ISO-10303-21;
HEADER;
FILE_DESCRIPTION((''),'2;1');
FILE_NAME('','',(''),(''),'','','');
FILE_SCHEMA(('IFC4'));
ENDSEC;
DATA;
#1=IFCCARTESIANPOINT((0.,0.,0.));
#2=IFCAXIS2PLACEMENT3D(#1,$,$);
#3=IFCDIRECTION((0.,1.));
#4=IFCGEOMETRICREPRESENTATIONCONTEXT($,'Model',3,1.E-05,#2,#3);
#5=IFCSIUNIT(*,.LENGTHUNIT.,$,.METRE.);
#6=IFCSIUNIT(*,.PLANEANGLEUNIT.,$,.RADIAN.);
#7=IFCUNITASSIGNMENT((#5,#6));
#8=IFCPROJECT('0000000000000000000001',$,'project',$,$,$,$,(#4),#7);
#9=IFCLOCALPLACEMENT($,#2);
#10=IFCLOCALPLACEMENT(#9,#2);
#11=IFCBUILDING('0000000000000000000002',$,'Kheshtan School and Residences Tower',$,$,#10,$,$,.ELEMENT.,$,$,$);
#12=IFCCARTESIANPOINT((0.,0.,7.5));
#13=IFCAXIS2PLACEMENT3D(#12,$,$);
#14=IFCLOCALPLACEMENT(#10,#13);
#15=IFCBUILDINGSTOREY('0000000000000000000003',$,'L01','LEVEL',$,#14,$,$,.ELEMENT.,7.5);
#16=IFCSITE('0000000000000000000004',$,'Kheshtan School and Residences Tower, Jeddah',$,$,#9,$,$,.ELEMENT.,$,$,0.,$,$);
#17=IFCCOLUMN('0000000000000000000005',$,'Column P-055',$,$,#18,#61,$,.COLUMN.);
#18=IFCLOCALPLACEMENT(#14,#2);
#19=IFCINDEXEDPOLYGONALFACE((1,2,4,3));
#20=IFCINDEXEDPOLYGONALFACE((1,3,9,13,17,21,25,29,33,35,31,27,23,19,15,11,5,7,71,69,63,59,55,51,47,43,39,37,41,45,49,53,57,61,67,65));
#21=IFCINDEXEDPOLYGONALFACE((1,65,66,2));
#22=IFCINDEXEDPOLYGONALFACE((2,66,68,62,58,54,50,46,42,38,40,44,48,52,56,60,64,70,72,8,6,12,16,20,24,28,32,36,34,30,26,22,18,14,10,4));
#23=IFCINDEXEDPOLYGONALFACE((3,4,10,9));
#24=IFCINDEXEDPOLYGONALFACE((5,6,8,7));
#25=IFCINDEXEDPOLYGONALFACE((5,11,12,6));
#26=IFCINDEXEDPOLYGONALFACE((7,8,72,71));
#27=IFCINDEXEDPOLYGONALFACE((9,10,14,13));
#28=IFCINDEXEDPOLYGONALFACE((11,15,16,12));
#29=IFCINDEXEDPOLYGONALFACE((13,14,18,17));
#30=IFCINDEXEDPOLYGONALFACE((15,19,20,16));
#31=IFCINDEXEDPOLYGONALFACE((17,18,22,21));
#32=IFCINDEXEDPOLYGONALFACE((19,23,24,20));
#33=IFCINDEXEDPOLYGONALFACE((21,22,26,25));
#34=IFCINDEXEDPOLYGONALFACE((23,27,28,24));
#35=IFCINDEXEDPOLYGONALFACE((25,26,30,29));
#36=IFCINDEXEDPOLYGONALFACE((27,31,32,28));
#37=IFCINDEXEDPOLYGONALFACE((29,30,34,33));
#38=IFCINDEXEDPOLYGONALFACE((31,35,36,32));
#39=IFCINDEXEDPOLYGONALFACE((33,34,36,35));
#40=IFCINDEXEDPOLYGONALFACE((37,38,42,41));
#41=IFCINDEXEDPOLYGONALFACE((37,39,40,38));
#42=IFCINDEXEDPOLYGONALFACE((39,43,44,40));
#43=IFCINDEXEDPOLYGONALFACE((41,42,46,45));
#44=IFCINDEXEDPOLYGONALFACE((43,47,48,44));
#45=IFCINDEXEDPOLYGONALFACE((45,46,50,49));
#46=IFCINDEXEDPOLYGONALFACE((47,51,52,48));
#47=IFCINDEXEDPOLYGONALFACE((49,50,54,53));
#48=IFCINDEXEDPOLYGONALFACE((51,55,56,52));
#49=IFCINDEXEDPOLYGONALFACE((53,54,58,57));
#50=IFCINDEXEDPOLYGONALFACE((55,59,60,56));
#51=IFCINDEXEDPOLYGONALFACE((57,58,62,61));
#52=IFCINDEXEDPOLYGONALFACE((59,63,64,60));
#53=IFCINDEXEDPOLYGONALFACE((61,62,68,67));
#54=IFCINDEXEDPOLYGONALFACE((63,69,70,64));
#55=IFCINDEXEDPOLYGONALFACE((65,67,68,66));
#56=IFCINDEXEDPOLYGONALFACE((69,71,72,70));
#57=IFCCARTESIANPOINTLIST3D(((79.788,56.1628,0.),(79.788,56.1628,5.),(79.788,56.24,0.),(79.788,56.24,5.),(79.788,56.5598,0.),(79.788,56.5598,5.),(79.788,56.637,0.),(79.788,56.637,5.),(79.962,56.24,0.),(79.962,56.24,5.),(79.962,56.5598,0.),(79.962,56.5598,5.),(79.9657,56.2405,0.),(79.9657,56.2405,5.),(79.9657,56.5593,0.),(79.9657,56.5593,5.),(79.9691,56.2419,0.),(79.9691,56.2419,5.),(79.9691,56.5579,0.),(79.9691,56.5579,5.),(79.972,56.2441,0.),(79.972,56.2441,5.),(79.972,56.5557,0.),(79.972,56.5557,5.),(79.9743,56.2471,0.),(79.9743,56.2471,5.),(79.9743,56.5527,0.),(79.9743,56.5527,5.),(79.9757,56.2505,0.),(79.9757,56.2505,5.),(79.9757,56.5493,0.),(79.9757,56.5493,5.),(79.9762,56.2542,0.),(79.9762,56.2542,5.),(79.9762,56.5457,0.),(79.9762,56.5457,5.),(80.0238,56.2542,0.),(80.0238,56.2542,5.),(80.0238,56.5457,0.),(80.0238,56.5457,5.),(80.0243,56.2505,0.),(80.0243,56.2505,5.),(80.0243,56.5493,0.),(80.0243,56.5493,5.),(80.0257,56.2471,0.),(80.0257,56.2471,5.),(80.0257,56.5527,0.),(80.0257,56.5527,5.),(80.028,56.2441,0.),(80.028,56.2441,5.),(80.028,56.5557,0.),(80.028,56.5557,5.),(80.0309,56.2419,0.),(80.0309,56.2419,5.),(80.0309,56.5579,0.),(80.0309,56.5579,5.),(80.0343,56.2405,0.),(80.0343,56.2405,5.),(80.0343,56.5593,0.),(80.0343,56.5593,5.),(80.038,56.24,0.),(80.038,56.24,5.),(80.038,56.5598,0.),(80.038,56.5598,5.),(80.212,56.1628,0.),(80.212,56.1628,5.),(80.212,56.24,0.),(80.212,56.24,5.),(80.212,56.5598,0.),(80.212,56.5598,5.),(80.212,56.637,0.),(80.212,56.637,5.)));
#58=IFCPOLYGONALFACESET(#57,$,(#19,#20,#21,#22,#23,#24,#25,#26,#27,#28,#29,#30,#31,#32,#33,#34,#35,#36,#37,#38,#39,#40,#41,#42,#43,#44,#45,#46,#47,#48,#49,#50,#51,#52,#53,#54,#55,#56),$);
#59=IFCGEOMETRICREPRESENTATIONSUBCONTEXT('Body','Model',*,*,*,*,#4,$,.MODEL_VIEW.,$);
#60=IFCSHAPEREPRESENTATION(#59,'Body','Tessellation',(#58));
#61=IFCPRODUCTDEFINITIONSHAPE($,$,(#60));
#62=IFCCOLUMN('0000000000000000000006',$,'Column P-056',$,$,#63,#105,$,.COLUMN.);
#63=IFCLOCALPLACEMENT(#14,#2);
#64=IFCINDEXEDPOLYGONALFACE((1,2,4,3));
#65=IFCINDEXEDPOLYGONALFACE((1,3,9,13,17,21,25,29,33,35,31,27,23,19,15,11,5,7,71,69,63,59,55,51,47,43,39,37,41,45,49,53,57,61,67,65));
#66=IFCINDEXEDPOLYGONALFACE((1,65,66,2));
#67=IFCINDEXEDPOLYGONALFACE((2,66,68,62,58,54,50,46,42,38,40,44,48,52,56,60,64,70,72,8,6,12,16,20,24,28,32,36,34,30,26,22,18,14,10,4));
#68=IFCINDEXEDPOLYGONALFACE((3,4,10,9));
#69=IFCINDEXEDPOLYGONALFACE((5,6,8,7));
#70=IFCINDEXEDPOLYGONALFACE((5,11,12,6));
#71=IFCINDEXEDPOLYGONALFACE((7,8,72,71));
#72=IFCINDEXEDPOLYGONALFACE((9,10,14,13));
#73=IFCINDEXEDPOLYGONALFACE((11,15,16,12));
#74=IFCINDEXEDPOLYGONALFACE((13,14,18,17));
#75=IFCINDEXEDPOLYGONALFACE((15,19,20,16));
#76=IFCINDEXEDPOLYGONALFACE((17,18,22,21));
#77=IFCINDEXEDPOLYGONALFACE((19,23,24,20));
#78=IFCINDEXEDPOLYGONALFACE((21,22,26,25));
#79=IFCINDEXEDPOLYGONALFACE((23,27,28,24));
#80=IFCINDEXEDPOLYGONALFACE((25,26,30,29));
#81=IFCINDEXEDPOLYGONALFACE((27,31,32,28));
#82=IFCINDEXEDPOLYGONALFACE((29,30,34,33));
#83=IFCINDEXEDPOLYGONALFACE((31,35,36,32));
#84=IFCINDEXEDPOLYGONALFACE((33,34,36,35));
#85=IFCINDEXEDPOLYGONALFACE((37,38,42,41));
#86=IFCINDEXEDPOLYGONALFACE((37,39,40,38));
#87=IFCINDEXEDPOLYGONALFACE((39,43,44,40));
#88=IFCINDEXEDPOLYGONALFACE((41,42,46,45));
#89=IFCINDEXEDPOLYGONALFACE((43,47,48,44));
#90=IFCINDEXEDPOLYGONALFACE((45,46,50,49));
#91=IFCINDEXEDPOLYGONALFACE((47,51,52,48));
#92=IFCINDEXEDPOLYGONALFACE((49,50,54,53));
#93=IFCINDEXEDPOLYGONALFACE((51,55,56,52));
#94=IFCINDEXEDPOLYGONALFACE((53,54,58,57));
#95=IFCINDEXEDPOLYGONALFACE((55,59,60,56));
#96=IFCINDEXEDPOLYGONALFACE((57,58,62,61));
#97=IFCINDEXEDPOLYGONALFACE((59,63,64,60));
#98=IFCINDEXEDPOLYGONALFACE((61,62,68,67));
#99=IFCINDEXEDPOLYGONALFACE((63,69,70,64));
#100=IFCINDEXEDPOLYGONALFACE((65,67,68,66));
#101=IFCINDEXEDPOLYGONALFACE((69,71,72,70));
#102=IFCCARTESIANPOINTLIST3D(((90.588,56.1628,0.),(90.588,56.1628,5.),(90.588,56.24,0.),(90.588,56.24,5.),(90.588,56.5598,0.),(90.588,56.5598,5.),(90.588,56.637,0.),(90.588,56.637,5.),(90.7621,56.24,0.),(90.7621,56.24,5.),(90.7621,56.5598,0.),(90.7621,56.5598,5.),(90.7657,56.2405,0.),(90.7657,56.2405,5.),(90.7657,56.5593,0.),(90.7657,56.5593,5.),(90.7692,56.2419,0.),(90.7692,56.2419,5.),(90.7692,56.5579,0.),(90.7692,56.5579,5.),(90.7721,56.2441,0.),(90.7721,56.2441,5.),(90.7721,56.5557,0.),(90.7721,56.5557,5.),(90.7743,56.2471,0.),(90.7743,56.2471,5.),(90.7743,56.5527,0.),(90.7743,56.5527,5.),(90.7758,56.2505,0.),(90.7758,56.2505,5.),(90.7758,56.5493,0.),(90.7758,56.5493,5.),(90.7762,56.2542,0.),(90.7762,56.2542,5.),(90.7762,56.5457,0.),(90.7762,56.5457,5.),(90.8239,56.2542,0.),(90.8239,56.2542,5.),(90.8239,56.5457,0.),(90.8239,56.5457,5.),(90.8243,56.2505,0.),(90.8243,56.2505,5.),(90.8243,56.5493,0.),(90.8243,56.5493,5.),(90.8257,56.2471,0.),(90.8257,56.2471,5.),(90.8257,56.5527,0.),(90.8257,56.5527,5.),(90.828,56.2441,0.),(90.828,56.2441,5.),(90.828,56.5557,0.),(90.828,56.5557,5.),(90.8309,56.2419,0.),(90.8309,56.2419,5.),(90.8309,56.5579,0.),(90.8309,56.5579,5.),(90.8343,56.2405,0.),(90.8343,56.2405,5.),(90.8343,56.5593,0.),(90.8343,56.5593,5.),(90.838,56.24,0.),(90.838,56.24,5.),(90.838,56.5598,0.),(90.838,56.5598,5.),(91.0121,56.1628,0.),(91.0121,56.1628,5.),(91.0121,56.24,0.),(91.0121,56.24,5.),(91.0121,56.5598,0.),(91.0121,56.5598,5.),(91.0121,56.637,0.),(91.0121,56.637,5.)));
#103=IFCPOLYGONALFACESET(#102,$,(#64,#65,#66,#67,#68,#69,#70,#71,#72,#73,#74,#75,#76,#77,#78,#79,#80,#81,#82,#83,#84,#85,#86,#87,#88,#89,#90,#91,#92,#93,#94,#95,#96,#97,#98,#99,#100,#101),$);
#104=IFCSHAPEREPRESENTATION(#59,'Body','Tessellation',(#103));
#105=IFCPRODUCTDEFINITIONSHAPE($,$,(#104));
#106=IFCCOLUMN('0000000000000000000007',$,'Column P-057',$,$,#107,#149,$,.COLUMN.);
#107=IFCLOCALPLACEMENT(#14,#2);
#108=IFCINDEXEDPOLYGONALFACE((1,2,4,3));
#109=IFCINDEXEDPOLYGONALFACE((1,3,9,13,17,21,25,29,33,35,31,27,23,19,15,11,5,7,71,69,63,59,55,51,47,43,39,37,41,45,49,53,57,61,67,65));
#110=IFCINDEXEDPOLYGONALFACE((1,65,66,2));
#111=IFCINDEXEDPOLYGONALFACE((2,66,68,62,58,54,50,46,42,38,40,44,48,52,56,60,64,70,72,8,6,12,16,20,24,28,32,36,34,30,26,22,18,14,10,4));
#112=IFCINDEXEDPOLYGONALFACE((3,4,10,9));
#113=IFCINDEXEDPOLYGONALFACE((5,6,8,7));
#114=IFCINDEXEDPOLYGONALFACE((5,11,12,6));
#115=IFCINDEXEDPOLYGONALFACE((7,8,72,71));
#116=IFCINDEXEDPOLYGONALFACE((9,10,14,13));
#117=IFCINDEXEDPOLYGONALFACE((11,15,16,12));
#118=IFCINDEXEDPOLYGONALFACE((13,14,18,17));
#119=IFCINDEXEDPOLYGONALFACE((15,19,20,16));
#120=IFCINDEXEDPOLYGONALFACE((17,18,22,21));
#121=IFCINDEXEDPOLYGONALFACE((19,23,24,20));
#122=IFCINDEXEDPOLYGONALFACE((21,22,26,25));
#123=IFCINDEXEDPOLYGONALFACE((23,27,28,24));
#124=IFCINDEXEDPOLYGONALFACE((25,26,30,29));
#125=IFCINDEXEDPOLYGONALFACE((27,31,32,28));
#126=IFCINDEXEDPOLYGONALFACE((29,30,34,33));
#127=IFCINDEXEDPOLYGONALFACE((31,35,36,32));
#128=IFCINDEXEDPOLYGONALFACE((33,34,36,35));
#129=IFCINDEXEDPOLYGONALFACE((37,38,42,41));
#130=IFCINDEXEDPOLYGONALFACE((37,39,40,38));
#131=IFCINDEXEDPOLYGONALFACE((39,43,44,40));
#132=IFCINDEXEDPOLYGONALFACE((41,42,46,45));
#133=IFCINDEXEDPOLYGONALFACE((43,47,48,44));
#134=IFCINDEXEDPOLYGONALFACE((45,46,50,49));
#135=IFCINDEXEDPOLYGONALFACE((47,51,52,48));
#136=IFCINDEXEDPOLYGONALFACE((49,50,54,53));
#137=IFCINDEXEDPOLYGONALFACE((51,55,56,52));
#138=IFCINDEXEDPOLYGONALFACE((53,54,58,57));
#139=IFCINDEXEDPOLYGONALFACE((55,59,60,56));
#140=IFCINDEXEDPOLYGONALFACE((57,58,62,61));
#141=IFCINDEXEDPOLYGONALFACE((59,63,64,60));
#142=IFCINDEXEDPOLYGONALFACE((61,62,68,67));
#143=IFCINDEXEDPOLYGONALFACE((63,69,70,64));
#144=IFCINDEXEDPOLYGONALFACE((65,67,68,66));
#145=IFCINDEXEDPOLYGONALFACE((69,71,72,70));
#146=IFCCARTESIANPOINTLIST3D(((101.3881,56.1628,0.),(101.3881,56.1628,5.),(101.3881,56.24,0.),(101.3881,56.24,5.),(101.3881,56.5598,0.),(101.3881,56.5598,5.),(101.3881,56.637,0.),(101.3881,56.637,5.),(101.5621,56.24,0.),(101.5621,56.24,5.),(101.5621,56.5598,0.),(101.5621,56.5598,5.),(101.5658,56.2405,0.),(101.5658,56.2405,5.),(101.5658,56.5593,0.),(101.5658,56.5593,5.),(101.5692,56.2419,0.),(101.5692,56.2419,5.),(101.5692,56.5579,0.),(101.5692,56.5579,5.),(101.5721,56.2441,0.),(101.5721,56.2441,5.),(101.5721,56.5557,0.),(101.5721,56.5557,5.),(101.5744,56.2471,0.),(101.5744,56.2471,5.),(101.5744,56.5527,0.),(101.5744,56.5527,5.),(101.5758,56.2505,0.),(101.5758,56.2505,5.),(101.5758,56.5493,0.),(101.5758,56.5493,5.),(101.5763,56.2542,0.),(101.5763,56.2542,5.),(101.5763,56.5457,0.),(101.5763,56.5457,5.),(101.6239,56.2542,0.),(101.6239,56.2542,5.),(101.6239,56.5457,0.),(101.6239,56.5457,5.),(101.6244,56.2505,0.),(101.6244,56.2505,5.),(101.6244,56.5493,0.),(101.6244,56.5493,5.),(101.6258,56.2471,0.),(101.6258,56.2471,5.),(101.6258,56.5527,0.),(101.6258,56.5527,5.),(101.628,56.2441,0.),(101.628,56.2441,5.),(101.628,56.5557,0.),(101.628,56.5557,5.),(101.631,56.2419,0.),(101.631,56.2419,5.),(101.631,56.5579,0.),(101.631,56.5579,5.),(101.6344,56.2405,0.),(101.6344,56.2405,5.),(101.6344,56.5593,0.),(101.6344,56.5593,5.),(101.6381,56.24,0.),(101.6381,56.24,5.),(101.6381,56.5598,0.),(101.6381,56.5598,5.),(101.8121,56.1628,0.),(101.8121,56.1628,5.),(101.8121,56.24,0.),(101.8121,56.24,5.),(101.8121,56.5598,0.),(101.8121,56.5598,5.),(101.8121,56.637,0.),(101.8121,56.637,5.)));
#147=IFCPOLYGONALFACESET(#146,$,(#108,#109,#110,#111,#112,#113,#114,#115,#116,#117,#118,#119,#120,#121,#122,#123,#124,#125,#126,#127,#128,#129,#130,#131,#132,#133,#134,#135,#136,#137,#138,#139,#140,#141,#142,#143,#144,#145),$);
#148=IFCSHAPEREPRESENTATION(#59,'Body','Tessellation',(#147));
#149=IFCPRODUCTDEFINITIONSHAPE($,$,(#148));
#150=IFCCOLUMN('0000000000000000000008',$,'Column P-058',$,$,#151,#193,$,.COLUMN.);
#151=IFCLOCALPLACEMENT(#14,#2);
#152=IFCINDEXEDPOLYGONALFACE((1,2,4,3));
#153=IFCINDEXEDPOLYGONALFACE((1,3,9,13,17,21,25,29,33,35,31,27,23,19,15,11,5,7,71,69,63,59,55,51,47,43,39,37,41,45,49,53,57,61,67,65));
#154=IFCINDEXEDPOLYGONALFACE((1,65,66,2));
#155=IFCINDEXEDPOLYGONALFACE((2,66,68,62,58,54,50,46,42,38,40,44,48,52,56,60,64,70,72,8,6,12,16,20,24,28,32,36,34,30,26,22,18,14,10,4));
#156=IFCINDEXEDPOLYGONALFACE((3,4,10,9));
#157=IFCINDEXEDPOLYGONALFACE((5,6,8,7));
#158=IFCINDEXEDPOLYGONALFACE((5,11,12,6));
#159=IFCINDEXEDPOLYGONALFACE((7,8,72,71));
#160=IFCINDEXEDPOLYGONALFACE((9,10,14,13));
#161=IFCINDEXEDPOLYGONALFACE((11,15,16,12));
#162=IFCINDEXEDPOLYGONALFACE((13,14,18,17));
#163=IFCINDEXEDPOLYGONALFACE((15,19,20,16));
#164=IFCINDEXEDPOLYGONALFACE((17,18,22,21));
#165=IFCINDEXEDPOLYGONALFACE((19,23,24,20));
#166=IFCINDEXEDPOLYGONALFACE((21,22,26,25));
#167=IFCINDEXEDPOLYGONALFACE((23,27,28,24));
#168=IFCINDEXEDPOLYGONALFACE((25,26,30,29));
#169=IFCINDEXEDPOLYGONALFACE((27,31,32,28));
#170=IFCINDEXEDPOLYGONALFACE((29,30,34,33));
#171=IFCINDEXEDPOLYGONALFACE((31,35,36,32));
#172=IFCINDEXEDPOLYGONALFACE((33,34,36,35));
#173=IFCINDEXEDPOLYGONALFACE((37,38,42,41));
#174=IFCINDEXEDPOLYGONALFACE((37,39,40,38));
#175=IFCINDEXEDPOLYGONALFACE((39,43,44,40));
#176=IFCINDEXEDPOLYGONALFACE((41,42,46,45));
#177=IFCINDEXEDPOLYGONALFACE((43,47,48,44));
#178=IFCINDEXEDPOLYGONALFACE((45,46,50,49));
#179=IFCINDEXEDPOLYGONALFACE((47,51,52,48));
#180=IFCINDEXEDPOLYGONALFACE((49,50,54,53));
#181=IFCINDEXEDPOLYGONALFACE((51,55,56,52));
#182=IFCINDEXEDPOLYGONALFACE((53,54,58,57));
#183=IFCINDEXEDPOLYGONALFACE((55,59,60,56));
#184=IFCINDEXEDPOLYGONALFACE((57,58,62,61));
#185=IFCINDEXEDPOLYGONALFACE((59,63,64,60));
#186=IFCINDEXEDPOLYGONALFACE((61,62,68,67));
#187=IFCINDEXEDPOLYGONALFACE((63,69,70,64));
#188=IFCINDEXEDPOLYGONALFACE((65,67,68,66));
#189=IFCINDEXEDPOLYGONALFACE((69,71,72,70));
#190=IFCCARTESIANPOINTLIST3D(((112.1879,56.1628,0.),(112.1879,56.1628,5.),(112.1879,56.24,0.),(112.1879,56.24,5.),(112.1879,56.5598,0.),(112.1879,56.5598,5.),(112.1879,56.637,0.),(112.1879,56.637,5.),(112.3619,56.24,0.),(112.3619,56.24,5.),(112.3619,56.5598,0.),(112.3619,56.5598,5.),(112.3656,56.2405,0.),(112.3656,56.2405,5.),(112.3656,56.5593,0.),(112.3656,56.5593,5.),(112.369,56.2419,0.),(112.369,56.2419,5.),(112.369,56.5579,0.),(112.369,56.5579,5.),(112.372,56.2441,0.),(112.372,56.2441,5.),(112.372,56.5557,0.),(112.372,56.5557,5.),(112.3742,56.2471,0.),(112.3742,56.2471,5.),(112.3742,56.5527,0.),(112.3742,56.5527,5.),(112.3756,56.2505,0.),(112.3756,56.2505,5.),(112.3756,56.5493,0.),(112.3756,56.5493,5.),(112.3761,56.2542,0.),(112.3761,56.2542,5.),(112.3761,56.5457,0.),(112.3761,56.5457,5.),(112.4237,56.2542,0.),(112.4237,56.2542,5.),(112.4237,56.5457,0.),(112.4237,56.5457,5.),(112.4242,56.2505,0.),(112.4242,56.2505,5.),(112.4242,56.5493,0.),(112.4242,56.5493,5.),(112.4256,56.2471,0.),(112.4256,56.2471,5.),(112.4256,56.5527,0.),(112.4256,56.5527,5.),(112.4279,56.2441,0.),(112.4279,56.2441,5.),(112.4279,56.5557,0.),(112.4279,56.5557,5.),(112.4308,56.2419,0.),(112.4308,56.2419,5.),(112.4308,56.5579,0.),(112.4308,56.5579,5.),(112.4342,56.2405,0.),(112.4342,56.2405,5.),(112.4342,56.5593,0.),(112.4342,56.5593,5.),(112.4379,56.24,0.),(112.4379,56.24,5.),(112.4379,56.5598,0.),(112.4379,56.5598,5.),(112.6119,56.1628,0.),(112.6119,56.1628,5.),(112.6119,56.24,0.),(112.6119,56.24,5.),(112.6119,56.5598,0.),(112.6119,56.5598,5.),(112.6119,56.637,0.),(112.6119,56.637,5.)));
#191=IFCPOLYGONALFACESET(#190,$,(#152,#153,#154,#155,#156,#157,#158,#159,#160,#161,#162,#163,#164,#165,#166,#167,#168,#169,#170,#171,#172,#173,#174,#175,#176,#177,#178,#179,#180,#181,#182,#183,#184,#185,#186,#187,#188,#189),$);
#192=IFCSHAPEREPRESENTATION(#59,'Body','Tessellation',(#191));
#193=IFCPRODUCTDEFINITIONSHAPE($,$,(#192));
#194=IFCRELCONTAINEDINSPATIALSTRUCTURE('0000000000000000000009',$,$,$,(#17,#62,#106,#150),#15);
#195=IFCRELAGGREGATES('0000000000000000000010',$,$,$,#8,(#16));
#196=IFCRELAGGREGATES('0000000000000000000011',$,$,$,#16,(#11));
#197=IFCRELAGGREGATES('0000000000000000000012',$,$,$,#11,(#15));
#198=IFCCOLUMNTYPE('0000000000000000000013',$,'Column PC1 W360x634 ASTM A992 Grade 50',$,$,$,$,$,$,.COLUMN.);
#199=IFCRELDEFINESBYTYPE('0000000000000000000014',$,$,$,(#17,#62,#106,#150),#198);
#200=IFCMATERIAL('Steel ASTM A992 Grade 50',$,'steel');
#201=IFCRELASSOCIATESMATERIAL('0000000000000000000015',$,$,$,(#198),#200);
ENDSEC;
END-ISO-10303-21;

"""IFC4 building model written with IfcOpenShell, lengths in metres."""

from ifc_helpers import new_model, si_unit, direction, frame, origin, origin_2d, place, context, subcontext, project, spatial, i_section, extrude, material, material_profile, profile_set, type_object, element, save


model = new_model("IFC4")

# Units and contexts
model_context = context("Model", 3, precision=1e-05, world=origin(), true_north=direction((0.0, 1.0)))
body_context = subcontext(model_context, "Body", "Model", "MODEL_VIEW")
ifc_project = project(units=[si_unit("LENGTHUNIT", "METRE"), si_unit("PLANEANGLEUNIT", "RADIAN")], contexts=[model_context])

# Site, building, storey
site_placement = place(None, origin())
site = spatial("IfcSite", under=ifc_project, at=site_placement, Name="Kheshtan School and Residences Tower, Jeddah", CompositionType="ELEMENT", RefElevation=0.0)
building_placement = place(site_placement, origin())
building = spatial("IfcBuilding", under=site, at=building_placement, Name="Kheshtan School and Residences Tower", CompositionType="ELEMENT")
storey_placement = place(building_placement, frame((0.0, 0.0, 7.5)))
storey = spatial("IfcBuildingStorey", under=building, at=storey_placement, Name="L01", Description="LEVEL", CompositionType="ELEMENT", Elevation=7.5)

# Columns
ifc_material_1 = material(Name="Steel ASTM A992 Grade 50", Category="steel")
ifc_material_profile_1 = material_profile(ifc_material_1, i_section(OverallWidth=0.4241, OverallDepth=0.4741, WebThickness=0.0476, FlangeThickness=0.0771, FilletRadius=0.0142, at=origin_2d()), Name="W360x634")
ifc_profile_set_1 = profile_set([ifc_material_profile_1], Name="Steel ASTM A992 Grade 50")
column_type = type_object("IfcColumnType", Name="Column PC1 W360x634 ASTM A992 Grade 50", PredefinedType="COLUMN", material=ifc_profile_set_1)
for number, where, z_axis, x_axis, name in (
    (1, (80.0, 56.3999, 0.0), (0.0, 0.0, 1.0), (1.0, 0.0, 0.0), "Column P-055"),
    (2, (90.8, 56.3999, 0.0), (0.0, 0.0, 1.0), (1.0, 0.0, 0.0), "Column P-056"),
    (3, (101.6001, 56.3999, 0.0), (0.0, 0.0, 1.0), (1.0, 0.0, 0.0), "Column P-057"),
    (4, (112.3999, 56.3999, 0.0), (0.0, 0.0, 1.0), (1.0, 0.0, 0.0), "Column P-058"),
):
    element("IfcColumn", number, at=place(storey_placement, frame(where, z_axis=z_axis, x_axis=x_axis)), inside=storey, type_object=column_type, Name=name, PredefinedType="COLUMN", context=body_context, shape_type="SweptSolid", body=[
        extrude(i_section(OverallWidth=0.4241, OverallDepth=0.4741, WebThickness=0.0476, FlangeThickness=0.0771, FilletRadius=0.0142, at=origin_2d()), origin(), (0.0, 0.0, 1.0), 5.0),
    ])

save(model, "model.ifc")
